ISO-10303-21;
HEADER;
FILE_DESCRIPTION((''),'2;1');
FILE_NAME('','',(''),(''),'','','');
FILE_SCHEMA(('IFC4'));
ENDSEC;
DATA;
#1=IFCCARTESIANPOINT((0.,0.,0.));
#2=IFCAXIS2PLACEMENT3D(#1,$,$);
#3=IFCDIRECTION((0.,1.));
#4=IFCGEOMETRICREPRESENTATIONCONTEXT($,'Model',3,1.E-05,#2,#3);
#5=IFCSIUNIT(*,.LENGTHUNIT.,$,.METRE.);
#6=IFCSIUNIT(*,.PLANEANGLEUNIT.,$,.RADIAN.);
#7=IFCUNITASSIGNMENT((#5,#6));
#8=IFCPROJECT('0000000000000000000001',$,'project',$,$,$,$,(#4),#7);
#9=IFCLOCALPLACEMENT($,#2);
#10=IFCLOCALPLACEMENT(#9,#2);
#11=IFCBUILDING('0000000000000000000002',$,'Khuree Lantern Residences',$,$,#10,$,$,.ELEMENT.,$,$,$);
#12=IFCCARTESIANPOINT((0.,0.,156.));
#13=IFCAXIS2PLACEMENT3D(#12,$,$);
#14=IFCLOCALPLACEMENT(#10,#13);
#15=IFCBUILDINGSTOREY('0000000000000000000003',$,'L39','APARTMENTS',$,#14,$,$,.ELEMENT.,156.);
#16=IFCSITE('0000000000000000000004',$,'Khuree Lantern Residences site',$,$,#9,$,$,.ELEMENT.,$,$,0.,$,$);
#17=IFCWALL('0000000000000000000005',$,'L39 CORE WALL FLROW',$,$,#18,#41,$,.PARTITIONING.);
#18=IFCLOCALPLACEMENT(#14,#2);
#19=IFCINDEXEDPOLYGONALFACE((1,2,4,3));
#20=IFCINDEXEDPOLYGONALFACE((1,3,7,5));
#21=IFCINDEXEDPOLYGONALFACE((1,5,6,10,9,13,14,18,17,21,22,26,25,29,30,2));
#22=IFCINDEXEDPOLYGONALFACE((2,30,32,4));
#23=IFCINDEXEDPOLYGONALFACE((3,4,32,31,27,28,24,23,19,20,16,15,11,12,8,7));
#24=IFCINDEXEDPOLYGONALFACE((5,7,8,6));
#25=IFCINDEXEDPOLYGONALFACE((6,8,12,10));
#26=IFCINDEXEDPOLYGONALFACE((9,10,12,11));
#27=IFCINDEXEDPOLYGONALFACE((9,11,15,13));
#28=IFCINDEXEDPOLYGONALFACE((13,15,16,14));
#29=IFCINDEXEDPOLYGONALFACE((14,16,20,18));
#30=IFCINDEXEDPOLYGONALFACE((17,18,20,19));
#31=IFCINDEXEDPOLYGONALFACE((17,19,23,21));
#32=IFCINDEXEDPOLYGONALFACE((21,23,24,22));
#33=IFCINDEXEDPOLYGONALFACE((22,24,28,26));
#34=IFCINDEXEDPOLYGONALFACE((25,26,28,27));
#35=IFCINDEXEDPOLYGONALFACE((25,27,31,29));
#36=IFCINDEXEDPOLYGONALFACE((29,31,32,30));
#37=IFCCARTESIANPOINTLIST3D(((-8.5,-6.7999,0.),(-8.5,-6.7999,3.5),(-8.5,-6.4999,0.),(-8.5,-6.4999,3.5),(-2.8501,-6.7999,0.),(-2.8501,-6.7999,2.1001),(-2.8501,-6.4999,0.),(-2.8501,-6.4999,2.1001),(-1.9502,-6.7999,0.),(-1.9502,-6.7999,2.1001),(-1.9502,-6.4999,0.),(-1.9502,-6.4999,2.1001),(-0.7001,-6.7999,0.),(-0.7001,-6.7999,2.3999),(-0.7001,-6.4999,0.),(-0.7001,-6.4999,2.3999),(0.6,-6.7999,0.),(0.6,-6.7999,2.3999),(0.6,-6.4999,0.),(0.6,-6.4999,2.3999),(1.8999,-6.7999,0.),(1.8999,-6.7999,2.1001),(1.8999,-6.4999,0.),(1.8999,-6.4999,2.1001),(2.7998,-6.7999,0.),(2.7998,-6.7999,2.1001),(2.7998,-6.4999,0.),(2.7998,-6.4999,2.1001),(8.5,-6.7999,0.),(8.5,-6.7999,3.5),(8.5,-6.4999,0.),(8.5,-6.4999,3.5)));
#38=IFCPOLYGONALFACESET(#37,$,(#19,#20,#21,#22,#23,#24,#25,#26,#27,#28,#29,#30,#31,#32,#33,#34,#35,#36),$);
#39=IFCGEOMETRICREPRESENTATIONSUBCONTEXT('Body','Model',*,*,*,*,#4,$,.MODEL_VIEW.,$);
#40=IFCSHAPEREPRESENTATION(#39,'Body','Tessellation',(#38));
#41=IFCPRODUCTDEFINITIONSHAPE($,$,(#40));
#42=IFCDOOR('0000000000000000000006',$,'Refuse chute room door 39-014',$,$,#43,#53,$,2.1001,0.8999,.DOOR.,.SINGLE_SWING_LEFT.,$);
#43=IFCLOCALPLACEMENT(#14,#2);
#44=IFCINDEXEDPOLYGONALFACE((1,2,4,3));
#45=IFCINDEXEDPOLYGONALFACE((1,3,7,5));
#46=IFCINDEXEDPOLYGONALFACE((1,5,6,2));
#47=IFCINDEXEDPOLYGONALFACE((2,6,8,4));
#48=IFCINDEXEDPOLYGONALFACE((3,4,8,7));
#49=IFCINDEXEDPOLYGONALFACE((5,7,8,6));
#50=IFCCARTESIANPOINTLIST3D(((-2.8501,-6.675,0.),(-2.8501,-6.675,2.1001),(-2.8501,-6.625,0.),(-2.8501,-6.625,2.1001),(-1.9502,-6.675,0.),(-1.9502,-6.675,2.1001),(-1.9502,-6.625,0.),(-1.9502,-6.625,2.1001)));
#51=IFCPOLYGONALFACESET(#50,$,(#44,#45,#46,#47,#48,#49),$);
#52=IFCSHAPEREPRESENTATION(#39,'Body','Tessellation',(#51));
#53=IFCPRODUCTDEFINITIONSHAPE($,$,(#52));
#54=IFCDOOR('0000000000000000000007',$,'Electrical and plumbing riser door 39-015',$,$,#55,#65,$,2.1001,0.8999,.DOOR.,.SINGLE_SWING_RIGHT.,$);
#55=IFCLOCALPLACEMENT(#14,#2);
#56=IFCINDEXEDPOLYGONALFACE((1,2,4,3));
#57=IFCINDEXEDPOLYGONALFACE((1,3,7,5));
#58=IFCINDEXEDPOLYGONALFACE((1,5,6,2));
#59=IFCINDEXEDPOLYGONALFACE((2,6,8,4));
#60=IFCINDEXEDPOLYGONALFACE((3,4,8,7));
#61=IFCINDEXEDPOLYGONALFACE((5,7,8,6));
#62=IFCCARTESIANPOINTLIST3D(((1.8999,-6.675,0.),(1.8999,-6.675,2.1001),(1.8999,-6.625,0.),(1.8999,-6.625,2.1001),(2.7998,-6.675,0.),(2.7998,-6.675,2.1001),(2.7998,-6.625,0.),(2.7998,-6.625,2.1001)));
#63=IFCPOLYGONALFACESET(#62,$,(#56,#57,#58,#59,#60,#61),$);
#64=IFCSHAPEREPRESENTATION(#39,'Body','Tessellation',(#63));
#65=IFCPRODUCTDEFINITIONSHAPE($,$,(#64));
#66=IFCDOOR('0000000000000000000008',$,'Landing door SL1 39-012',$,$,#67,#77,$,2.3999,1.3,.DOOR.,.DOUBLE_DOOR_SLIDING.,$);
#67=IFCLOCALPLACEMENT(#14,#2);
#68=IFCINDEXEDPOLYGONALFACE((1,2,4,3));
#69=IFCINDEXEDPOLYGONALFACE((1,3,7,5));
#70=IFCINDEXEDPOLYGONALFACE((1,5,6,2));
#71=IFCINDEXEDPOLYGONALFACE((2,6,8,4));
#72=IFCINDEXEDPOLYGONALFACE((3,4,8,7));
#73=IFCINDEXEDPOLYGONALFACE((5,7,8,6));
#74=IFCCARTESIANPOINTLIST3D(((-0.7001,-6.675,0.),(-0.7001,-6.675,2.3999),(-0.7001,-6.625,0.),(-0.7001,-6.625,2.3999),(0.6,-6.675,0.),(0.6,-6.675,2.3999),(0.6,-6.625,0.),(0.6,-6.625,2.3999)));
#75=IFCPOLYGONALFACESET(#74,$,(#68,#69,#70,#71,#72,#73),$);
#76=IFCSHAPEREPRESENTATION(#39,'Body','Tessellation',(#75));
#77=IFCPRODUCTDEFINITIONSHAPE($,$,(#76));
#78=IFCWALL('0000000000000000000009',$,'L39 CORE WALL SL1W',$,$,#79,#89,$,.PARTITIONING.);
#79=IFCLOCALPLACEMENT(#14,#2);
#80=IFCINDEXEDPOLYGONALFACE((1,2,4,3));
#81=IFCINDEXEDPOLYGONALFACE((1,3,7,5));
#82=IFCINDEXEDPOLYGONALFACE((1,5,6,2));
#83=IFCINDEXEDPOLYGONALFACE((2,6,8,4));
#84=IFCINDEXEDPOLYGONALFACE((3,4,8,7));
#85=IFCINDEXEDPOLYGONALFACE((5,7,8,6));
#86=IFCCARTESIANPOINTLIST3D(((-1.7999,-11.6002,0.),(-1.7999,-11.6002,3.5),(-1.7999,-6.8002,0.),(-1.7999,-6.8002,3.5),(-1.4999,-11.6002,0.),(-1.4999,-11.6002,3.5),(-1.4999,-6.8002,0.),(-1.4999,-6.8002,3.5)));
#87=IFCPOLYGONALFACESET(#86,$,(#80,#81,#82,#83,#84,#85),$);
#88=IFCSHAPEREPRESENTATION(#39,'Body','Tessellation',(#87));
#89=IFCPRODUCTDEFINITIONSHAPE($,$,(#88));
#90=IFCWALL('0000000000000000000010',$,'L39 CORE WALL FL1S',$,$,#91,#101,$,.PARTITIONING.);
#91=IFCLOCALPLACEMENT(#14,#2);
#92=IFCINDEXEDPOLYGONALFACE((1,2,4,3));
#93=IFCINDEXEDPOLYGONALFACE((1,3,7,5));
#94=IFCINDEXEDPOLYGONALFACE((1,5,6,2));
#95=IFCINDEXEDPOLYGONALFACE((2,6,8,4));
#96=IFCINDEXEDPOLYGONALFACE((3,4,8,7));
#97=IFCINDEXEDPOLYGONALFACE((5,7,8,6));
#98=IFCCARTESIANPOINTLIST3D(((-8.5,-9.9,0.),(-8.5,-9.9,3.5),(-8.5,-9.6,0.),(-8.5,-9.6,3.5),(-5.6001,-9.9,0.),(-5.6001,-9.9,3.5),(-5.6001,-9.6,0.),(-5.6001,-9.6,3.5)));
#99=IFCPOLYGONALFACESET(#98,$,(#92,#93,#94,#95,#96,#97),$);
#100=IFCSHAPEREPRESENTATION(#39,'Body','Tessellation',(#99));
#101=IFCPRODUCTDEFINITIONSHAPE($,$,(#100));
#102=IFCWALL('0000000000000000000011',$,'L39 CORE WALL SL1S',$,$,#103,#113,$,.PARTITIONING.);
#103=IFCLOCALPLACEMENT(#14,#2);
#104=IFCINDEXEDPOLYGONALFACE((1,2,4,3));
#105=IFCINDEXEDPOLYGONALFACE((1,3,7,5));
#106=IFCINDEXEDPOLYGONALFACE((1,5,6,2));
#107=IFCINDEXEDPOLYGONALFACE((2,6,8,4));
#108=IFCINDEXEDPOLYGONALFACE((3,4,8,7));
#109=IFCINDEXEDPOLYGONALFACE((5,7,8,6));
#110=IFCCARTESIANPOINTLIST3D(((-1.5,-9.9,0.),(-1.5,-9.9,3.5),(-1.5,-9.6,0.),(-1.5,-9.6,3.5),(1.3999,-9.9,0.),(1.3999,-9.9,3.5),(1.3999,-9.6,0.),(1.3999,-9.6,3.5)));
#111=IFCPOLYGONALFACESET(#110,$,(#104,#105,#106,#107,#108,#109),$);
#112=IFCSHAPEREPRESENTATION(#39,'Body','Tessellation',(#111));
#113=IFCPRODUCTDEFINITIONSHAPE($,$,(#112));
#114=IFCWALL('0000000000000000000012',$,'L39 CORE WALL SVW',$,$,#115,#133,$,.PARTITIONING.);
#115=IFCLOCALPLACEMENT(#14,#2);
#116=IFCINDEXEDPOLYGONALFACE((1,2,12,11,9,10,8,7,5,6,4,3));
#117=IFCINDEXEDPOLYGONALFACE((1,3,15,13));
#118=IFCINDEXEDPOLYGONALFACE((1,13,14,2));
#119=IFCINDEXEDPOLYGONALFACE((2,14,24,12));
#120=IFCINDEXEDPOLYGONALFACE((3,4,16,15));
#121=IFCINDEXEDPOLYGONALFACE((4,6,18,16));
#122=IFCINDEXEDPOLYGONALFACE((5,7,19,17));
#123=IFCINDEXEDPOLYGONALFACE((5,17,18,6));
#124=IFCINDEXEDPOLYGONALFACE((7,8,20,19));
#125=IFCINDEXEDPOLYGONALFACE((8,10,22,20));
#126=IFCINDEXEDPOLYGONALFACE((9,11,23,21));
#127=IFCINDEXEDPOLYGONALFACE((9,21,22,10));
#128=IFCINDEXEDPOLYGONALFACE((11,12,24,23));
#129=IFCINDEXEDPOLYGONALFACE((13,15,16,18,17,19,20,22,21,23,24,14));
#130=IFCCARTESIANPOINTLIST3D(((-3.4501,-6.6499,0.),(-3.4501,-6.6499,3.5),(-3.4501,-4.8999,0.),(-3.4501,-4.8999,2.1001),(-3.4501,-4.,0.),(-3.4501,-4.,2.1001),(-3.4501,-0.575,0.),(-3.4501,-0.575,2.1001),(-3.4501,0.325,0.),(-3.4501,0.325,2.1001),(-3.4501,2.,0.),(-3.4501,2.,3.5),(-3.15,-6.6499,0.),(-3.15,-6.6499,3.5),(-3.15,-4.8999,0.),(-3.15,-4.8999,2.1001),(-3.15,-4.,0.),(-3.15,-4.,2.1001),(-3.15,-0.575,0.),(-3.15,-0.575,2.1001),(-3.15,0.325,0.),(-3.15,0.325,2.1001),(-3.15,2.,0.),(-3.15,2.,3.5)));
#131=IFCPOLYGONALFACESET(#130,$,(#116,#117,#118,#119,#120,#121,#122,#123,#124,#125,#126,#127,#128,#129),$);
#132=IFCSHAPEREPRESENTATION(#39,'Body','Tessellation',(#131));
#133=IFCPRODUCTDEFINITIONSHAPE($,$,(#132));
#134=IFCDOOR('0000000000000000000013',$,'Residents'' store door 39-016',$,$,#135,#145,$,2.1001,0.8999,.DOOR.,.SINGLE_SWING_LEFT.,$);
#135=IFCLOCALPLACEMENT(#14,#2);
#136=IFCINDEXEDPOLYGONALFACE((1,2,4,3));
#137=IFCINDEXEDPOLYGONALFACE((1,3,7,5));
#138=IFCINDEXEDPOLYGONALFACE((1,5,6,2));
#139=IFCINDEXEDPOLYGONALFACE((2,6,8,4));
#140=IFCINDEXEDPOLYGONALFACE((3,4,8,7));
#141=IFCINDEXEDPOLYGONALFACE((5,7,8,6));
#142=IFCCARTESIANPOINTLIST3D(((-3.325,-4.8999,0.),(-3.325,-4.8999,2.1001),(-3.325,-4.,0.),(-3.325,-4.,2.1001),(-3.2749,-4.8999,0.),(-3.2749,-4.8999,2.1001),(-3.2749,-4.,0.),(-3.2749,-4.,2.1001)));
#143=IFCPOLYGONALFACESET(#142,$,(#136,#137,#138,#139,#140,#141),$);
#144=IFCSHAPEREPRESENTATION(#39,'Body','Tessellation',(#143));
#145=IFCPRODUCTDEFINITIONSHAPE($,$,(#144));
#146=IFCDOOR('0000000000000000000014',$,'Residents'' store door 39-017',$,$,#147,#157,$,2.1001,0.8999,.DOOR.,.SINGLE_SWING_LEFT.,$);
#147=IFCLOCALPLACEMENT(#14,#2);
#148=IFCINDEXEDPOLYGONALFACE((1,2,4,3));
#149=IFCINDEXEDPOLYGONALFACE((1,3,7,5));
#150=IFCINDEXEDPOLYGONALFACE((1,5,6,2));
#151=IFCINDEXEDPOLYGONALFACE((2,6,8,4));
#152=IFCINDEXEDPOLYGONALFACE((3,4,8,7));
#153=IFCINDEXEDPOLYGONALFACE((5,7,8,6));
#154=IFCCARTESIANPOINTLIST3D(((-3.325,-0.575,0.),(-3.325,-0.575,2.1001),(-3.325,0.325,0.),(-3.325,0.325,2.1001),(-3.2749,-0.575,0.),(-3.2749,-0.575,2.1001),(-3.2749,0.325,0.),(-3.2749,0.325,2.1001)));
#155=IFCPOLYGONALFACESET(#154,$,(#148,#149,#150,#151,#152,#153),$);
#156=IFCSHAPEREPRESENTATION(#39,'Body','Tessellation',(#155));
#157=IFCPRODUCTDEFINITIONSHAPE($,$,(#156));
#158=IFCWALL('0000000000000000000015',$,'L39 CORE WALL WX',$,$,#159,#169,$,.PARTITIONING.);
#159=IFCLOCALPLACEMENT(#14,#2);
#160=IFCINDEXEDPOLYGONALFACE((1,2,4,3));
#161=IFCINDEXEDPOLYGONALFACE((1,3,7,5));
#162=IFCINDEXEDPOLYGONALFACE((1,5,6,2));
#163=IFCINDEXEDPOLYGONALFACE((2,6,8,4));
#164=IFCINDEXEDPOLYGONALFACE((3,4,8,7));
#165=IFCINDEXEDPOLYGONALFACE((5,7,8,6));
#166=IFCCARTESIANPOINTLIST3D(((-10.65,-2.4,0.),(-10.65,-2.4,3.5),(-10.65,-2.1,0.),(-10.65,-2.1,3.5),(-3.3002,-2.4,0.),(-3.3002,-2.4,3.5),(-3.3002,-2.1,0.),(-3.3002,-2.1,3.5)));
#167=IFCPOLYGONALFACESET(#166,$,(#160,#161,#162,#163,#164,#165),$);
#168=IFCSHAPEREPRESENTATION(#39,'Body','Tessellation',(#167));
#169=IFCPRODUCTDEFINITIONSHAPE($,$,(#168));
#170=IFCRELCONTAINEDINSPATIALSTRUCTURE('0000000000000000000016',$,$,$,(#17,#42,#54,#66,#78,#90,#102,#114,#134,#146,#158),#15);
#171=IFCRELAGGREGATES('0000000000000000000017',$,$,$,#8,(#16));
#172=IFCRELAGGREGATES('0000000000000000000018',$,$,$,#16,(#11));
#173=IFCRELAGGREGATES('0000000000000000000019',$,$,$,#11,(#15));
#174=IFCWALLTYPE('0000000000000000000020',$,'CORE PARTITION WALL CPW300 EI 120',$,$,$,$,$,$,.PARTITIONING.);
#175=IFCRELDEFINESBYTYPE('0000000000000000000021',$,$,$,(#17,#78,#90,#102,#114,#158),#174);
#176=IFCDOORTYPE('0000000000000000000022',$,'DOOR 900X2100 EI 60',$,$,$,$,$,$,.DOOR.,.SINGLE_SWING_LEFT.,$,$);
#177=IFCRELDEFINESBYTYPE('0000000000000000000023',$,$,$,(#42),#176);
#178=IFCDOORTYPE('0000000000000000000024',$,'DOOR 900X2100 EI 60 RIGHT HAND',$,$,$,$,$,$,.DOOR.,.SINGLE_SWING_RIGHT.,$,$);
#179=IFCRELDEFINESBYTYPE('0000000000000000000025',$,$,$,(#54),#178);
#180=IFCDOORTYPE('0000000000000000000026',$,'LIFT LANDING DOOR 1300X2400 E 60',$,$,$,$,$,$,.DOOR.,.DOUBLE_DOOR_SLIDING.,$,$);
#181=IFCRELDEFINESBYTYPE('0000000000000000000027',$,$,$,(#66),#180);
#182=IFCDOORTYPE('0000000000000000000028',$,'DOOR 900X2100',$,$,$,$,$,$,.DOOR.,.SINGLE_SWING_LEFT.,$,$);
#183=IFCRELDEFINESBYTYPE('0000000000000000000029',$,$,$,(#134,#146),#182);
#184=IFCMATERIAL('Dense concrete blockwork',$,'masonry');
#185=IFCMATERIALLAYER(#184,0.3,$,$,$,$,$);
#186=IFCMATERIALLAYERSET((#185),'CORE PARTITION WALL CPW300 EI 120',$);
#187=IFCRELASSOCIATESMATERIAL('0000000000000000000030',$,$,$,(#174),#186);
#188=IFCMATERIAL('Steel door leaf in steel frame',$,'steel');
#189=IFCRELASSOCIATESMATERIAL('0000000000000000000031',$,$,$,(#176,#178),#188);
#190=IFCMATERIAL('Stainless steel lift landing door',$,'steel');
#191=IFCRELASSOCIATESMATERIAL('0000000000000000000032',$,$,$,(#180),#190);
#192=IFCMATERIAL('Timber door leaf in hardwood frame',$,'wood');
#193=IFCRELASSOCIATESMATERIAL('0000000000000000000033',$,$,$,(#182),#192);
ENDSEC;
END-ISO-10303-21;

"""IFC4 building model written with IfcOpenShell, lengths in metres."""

from ifc_helpers import new_model, si_unit, direction, frame, frame_2d, origin, place, context, subcontext, project, spatial, rectangle, extrude, material, layer, layer_set, type_object, element, fill, save


model = new_model("IFC4")

# Units and contexts
model_context = context("Model", 3, precision=1e-05, world=origin(), true_north=direction((0.0, 1.0)))
body_context = subcontext(model_context, "Body", "Model", "MODEL_VIEW")
ifc_project = project(units=[si_unit("LENGTHUNIT", "METRE"), si_unit("PLANEANGLEUNIT", "RADIAN")], contexts=[model_context])

# Site, building, storey
site_placement = place(None, origin())
site = spatial("IfcSite", under=ifc_project, at=site_placement, Name="Khuree Lantern Residences site", CompositionType="ELEMENT", RefElevation=0.0)
building_placement = place(site_placement, origin())
building = spatial("IfcBuilding", under=site, at=building_placement, Name="Khuree Lantern Residences", CompositionType="ELEMENT")
storey_placement = place(building_placement, frame((0.0, 0.0, 156.0)))
storey = spatial("IfcBuildingStorey", under=building, at=storey_placement, Name="L39", Description="APARTMENTS", CompositionType="ELEMENT", Elevation=156.0)

# Wall, openings, doors
ifc_material_1 = material(Name="Dense concrete blockwork", Category="masonry")
ifc_layer_1 = layer(ifc_material_1, 0.3)
ifc_layer_set_1 = layer_set([ifc_layer_1], Name="CORE PARTITION WALL CPW300 EI 120")
wall_type_1 = type_object("IfcWallType", Name="CORE PARTITION WALL CPW300 EI 120", PredefinedType="PARTITIONING", material=ifc_layer_set_1)
wall_1_placement = place(storey_placement, frame((-8.5, -6.6499, 0.0), z_axis=(0.0, 0.0, 1.0), x_axis=(1.0, 0.0, 0.0)))
wall_1 = element("IfcWall", 1, at=wall_1_placement, inside=storey, type_object=wall_type_1, Name="L39 CORE WALL FLROW", PredefinedType="PARTITIONING", context=body_context, shape_type="SweptSolid", body=[
    extrude(rectangle(XDim=17.0, YDim=0.3, at=frame_2d((8.5, 0.0))), origin(), (0.0, 0.0, 1.0), 3.5),
])
opening_1_placement = place(wall_1_placement, frame((7.8, 0.0, 0.0)))
opening_1 = element("IfcOpeningElement", 2, at=opening_1_placement, cuts=wall_1, PredefinedType="OPENING", context=body_context, shape_type="SweptSolid", body=[
    extrude(rectangle(XDim=1.3, YDim=2.3999, at=frame_2d((0.6499, 1.2))), frame((0.0, 0.1602, 0.0), z_axis=(0.0, -1.0, 0.0), x_axis=(1.0, 0.0, 0.0)), (0.0, 0.0, 1.0), 0.3201),
])
opening_2_placement = place(wall_1_placement, frame((5.6499, 0.0, 0.0)))
opening_2 = element("IfcOpeningElement", 3, at=opening_2_placement, cuts=wall_1, PredefinedType="OPENING", context=body_context, shape_type="SweptSolid", body=[
    extrude(rectangle(XDim=0.8999, YDim=2.1001, at=frame_2d((0.45, 1.05))), frame((0.0, 0.1602, 0.0), z_axis=(0.0, -1.0, 0.0), x_axis=(1.0, 0.0, 0.0)), (0.0, 0.0, 1.0), 0.3201),
])
opening_3_placement = place(wall_1_placement, frame((10.3999, 0.0, 0.0)))
opening_3 = element("IfcOpeningElement", 4, at=opening_3_placement, cuts=wall_1, PredefinedType="OPENING", context=body_context, shape_type="SweptSolid", body=[
    extrude(rectangle(XDim=0.8999, YDim=2.1001, at=frame_2d((0.45, 1.05))), frame((0.0, 0.1602, 0.0), z_axis=(0.0, -1.0, 0.0), x_axis=(1.0, 0.0, 0.0)), (0.0, 0.0, 1.0), 0.3201),
])
ifc_material_2 = material(Name="Steel door leaf in steel frame", Category="steel")
door_type_1 = type_object("IfcDoorType", Name="DOOR 900X2100 EI 60", OperationType="SINGLE_SWING_LEFT", PredefinedType="DOOR", material=ifc_material_2)
door_1_placement = place(opening_2_placement, origin())
door_1 = element("IfcDoor", 5, at=door_1_placement, inside=storey, type_object=door_type_1, Name="Refuse chute room door 39-014", OperationType="SINGLE_SWING_LEFT", OverallHeight=2.1001, OverallWidth=0.8999, PredefinedType="DOOR", context=body_context, shape_type="SweptSolid", body=[
    extrude(rectangle(XDim=0.8999, YDim=2.1001, at=frame_2d((0.45, 1.05))), frame((0.0, 0.0249, 0.0), z_axis=(0.0, -1.0, 0.0), x_axis=(1.0, 0.0, 0.0)), (0.0, 0.0, 1.0), 0.05),
])
fill(opening_2, door_1)
door_type_2 = type_object("IfcDoorType", Name="DOOR 900X2100 EI 60 RIGHT HAND", OperationType="SINGLE_SWING_RIGHT", PredefinedType="DOOR", material=ifc_material_2)
door_2_placement = place(opening_3_placement, origin())
door_2 = element("IfcDoor", 6, at=door_2_placement, inside=storey, type_object=door_type_2, Name="Electrical and plumbing riser door 39-015", OperationType="SINGLE_SWING_RIGHT", OverallHeight=2.1001, OverallWidth=0.8999, PredefinedType="DOOR", context=body_context, shape_type="SweptSolid", body=[
    extrude(rectangle(XDim=0.8999, YDim=2.1001, at=frame_2d((0.45, 1.05))), frame((0.0, 0.0249, 0.0), z_axis=(0.0, -1.0, 0.0), x_axis=(1.0, 0.0, 0.0)), (0.0, 0.0, 1.0), 0.05),
])
fill(opening_3, door_2)
ifc_material_3 = material(Name="Stainless steel lift landing door", Category="steel")
door_type_3 = type_object("IfcDoorType", Name="LIFT LANDING DOOR 1300X2400 E 60", OperationType="DOUBLE_DOOR_SLIDING", PredefinedType="DOOR", material=ifc_material_3)
door_3_placement = place(opening_1_placement, origin())
door_3 = element("IfcDoor", 7, at=door_3_placement, inside=storey, type_object=door_type_3, Name="Landing door SL1 39-012", OperationType="DOUBLE_DOOR_SLIDING", OverallHeight=2.3999, OverallWidth=1.3, PredefinedType="DOOR", context=body_context, shape_type="SweptSolid", body=[
    extrude(rectangle(XDim=1.3, YDim=2.3999, at=frame_2d((0.6499, 1.2))), frame((0.0, 0.0249, 0.0), z_axis=(0.0, -1.0, 0.0), x_axis=(1.0, 0.0, 0.0)), (0.0, 0.0, 1.0), 0.05),
])
fill(opening_1, door_3)

# Walls
wall_2_placement = place(storey_placement, frame((-1.6499, -11.6001, 0.0), z_axis=(0.0, 0.0, 1.0), x_axis=(0.0, 1.0, 0.0)))
element("IfcWall", 8, at=wall_2_placement, inside=storey, type_object=wall_type_1, Name="L39 CORE WALL SL1W", PredefinedType="PARTITIONING", context=body_context, shape_type="SweptSolid", body=[
    extrude(rectangle(XDim=4.8, YDim=0.3, at=frame_2d((2.3999, 0.0))), origin(), (0.0, 0.0, 1.0), 3.5),
])
for number, where, z_axis, x_axis, name in (
    (9, (-8.5, -9.75, 0.0), (0.0, 0.0, 1.0), (1.0, 0.0, 0.0), "L39 CORE WALL FL1S"),
    (10, (-1.5, -9.75, 0.0), (0.0, 0.0, 1.0), (1.0, 0.0, 0.0), "L39 CORE WALL SL1S"),
):
    element("IfcWall", number, at=place(storey_placement, frame(where, z_axis=z_axis, x_axis=x_axis)), inside=storey, type_object=wall_type_1, Name=name, PredefinedType="PARTITIONING", context=body_context, shape_type="SweptSolid", body=[
        extrude(rectangle(XDim=2.8999, YDim=0.3, at=frame_2d((1.45, 0.0))), origin(), (0.0, 0.0, 1.0), 3.5),
    ])

# Wall, openings, doors
wall_3_placement = place(storey_placement, frame((-3.3, -6.6499, 0.0), z_axis=(0.0, 0.0, 1.0), x_axis=(0.0, 1.0, 0.0)))
wall_3 = element("IfcWall", 11, at=wall_3_placement, inside=storey, type_object=wall_type_1, Name="L39 CORE WALL SVW", PredefinedType="PARTITIONING", context=body_context, shape_type="SweptSolid", body=[
    extrude(rectangle(XDim=8.6499, YDim=0.3, at=frame_2d((4.325, 0.0))), origin(), (0.0, 0.0, 1.0), 3.5),
])
opening_4_placement = place(wall_3_placement, frame((1.75, 0.0, 0.0)))
opening_4 = element("IfcOpeningElement", 12, at=opening_4_placement, cuts=wall_3, PredefinedType="OPENING", context=body_context, shape_type="SweptSolid", body=[
    extrude(rectangle(XDim=0.8999, YDim=2.1001, at=frame_2d((0.45, 1.05))), frame((0.0, 0.1602, 0.0), z_axis=(0.0, -1.0, 0.0), x_axis=(1.0, 0.0, 0.0)), (0.0, 0.0, 1.0), 0.3201),
])
opening_5_placement = place(wall_3_placement, frame((6.075, 0.0, 0.0)))
opening_5 = element("IfcOpeningElement", 13, at=opening_5_placement, cuts=wall_3, PredefinedType="OPENING", context=body_context, shape_type="SweptSolid", body=[
    extrude(rectangle(XDim=0.8999, YDim=2.1001, at=frame_2d((0.45, 1.05))), frame((0.0, 0.1602, 0.0), z_axis=(0.0, -1.0, 0.0), x_axis=(1.0, 0.0, 0.0)), (0.0, 0.0, 1.0), 0.3201),
])
ifc_material_4 = material(Name="Timber door leaf in hardwood frame", Category="wood")
door_type_4 = type_object("IfcDoorType", Name="DOOR 900X2100", OperationType="SINGLE_SWING_LEFT", PredefinedType="DOOR", material=ifc_material_4)
door_4_placement = place(opening_4_placement, origin())
door_4 = element("IfcDoor", 14, at=door_4_placement, inside=storey, type_object=door_type_4, Name="Residents' store door 39-016", OperationType="SINGLE_SWING_LEFT", OverallHeight=2.1001, OverallWidth=0.8999, PredefinedType="DOOR", context=body_context, shape_type="SweptSolid", body=[
    extrude(rectangle(XDim=0.8999, YDim=2.1001, at=frame_2d((0.45, 1.05))), frame((0.0, 0.0249, 0.0), z_axis=(0.0, -1.0, 0.0), x_axis=(1.0, 0.0, 0.0)), (0.0, 0.0, 1.0), 0.05),
])
fill(opening_4, door_4)
door_5_placement = place(opening_5_placement, origin())
door_5 = element("IfcDoor", 15, at=door_5_placement, inside=storey, type_object=door_type_4, Name="Residents' store door 39-017", OperationType="SINGLE_SWING_LEFT", OverallHeight=2.1001, OverallWidth=0.8999, PredefinedType="DOOR", context=body_context, shape_type="SweptSolid", body=[
    extrude(rectangle(XDim=0.8999, YDim=2.1001, at=frame_2d((0.45, 1.05))), frame((0.0, 0.0249, 0.0), z_axis=(0.0, -1.0, 0.0), x_axis=(1.0, 0.0, 0.0)), (0.0, 0.0, 1.0), 0.05),
])
fill(opening_5, door_5)

# Wall
wall_4_placement = place(storey_placement, frame((-10.6499, -2.25, 0.0), z_axis=(0.0, 0.0, 1.0), x_axis=(1.0, 0.0, 0.0)))
element("IfcWall", 16, at=wall_4_placement, inside=storey, type_object=wall_type_1, Name="L39 CORE WALL WX", PredefinedType="PARTITIONING", context=body_context, shape_type="SweptSolid", body=[
    extrude(rectangle(XDim=7.3499, YDim=0.3, at=frame_2d((3.6748, 0.0))), origin(), (0.0, 0.0, 1.0), 3.5),
])

save(model, "model.ifc")
